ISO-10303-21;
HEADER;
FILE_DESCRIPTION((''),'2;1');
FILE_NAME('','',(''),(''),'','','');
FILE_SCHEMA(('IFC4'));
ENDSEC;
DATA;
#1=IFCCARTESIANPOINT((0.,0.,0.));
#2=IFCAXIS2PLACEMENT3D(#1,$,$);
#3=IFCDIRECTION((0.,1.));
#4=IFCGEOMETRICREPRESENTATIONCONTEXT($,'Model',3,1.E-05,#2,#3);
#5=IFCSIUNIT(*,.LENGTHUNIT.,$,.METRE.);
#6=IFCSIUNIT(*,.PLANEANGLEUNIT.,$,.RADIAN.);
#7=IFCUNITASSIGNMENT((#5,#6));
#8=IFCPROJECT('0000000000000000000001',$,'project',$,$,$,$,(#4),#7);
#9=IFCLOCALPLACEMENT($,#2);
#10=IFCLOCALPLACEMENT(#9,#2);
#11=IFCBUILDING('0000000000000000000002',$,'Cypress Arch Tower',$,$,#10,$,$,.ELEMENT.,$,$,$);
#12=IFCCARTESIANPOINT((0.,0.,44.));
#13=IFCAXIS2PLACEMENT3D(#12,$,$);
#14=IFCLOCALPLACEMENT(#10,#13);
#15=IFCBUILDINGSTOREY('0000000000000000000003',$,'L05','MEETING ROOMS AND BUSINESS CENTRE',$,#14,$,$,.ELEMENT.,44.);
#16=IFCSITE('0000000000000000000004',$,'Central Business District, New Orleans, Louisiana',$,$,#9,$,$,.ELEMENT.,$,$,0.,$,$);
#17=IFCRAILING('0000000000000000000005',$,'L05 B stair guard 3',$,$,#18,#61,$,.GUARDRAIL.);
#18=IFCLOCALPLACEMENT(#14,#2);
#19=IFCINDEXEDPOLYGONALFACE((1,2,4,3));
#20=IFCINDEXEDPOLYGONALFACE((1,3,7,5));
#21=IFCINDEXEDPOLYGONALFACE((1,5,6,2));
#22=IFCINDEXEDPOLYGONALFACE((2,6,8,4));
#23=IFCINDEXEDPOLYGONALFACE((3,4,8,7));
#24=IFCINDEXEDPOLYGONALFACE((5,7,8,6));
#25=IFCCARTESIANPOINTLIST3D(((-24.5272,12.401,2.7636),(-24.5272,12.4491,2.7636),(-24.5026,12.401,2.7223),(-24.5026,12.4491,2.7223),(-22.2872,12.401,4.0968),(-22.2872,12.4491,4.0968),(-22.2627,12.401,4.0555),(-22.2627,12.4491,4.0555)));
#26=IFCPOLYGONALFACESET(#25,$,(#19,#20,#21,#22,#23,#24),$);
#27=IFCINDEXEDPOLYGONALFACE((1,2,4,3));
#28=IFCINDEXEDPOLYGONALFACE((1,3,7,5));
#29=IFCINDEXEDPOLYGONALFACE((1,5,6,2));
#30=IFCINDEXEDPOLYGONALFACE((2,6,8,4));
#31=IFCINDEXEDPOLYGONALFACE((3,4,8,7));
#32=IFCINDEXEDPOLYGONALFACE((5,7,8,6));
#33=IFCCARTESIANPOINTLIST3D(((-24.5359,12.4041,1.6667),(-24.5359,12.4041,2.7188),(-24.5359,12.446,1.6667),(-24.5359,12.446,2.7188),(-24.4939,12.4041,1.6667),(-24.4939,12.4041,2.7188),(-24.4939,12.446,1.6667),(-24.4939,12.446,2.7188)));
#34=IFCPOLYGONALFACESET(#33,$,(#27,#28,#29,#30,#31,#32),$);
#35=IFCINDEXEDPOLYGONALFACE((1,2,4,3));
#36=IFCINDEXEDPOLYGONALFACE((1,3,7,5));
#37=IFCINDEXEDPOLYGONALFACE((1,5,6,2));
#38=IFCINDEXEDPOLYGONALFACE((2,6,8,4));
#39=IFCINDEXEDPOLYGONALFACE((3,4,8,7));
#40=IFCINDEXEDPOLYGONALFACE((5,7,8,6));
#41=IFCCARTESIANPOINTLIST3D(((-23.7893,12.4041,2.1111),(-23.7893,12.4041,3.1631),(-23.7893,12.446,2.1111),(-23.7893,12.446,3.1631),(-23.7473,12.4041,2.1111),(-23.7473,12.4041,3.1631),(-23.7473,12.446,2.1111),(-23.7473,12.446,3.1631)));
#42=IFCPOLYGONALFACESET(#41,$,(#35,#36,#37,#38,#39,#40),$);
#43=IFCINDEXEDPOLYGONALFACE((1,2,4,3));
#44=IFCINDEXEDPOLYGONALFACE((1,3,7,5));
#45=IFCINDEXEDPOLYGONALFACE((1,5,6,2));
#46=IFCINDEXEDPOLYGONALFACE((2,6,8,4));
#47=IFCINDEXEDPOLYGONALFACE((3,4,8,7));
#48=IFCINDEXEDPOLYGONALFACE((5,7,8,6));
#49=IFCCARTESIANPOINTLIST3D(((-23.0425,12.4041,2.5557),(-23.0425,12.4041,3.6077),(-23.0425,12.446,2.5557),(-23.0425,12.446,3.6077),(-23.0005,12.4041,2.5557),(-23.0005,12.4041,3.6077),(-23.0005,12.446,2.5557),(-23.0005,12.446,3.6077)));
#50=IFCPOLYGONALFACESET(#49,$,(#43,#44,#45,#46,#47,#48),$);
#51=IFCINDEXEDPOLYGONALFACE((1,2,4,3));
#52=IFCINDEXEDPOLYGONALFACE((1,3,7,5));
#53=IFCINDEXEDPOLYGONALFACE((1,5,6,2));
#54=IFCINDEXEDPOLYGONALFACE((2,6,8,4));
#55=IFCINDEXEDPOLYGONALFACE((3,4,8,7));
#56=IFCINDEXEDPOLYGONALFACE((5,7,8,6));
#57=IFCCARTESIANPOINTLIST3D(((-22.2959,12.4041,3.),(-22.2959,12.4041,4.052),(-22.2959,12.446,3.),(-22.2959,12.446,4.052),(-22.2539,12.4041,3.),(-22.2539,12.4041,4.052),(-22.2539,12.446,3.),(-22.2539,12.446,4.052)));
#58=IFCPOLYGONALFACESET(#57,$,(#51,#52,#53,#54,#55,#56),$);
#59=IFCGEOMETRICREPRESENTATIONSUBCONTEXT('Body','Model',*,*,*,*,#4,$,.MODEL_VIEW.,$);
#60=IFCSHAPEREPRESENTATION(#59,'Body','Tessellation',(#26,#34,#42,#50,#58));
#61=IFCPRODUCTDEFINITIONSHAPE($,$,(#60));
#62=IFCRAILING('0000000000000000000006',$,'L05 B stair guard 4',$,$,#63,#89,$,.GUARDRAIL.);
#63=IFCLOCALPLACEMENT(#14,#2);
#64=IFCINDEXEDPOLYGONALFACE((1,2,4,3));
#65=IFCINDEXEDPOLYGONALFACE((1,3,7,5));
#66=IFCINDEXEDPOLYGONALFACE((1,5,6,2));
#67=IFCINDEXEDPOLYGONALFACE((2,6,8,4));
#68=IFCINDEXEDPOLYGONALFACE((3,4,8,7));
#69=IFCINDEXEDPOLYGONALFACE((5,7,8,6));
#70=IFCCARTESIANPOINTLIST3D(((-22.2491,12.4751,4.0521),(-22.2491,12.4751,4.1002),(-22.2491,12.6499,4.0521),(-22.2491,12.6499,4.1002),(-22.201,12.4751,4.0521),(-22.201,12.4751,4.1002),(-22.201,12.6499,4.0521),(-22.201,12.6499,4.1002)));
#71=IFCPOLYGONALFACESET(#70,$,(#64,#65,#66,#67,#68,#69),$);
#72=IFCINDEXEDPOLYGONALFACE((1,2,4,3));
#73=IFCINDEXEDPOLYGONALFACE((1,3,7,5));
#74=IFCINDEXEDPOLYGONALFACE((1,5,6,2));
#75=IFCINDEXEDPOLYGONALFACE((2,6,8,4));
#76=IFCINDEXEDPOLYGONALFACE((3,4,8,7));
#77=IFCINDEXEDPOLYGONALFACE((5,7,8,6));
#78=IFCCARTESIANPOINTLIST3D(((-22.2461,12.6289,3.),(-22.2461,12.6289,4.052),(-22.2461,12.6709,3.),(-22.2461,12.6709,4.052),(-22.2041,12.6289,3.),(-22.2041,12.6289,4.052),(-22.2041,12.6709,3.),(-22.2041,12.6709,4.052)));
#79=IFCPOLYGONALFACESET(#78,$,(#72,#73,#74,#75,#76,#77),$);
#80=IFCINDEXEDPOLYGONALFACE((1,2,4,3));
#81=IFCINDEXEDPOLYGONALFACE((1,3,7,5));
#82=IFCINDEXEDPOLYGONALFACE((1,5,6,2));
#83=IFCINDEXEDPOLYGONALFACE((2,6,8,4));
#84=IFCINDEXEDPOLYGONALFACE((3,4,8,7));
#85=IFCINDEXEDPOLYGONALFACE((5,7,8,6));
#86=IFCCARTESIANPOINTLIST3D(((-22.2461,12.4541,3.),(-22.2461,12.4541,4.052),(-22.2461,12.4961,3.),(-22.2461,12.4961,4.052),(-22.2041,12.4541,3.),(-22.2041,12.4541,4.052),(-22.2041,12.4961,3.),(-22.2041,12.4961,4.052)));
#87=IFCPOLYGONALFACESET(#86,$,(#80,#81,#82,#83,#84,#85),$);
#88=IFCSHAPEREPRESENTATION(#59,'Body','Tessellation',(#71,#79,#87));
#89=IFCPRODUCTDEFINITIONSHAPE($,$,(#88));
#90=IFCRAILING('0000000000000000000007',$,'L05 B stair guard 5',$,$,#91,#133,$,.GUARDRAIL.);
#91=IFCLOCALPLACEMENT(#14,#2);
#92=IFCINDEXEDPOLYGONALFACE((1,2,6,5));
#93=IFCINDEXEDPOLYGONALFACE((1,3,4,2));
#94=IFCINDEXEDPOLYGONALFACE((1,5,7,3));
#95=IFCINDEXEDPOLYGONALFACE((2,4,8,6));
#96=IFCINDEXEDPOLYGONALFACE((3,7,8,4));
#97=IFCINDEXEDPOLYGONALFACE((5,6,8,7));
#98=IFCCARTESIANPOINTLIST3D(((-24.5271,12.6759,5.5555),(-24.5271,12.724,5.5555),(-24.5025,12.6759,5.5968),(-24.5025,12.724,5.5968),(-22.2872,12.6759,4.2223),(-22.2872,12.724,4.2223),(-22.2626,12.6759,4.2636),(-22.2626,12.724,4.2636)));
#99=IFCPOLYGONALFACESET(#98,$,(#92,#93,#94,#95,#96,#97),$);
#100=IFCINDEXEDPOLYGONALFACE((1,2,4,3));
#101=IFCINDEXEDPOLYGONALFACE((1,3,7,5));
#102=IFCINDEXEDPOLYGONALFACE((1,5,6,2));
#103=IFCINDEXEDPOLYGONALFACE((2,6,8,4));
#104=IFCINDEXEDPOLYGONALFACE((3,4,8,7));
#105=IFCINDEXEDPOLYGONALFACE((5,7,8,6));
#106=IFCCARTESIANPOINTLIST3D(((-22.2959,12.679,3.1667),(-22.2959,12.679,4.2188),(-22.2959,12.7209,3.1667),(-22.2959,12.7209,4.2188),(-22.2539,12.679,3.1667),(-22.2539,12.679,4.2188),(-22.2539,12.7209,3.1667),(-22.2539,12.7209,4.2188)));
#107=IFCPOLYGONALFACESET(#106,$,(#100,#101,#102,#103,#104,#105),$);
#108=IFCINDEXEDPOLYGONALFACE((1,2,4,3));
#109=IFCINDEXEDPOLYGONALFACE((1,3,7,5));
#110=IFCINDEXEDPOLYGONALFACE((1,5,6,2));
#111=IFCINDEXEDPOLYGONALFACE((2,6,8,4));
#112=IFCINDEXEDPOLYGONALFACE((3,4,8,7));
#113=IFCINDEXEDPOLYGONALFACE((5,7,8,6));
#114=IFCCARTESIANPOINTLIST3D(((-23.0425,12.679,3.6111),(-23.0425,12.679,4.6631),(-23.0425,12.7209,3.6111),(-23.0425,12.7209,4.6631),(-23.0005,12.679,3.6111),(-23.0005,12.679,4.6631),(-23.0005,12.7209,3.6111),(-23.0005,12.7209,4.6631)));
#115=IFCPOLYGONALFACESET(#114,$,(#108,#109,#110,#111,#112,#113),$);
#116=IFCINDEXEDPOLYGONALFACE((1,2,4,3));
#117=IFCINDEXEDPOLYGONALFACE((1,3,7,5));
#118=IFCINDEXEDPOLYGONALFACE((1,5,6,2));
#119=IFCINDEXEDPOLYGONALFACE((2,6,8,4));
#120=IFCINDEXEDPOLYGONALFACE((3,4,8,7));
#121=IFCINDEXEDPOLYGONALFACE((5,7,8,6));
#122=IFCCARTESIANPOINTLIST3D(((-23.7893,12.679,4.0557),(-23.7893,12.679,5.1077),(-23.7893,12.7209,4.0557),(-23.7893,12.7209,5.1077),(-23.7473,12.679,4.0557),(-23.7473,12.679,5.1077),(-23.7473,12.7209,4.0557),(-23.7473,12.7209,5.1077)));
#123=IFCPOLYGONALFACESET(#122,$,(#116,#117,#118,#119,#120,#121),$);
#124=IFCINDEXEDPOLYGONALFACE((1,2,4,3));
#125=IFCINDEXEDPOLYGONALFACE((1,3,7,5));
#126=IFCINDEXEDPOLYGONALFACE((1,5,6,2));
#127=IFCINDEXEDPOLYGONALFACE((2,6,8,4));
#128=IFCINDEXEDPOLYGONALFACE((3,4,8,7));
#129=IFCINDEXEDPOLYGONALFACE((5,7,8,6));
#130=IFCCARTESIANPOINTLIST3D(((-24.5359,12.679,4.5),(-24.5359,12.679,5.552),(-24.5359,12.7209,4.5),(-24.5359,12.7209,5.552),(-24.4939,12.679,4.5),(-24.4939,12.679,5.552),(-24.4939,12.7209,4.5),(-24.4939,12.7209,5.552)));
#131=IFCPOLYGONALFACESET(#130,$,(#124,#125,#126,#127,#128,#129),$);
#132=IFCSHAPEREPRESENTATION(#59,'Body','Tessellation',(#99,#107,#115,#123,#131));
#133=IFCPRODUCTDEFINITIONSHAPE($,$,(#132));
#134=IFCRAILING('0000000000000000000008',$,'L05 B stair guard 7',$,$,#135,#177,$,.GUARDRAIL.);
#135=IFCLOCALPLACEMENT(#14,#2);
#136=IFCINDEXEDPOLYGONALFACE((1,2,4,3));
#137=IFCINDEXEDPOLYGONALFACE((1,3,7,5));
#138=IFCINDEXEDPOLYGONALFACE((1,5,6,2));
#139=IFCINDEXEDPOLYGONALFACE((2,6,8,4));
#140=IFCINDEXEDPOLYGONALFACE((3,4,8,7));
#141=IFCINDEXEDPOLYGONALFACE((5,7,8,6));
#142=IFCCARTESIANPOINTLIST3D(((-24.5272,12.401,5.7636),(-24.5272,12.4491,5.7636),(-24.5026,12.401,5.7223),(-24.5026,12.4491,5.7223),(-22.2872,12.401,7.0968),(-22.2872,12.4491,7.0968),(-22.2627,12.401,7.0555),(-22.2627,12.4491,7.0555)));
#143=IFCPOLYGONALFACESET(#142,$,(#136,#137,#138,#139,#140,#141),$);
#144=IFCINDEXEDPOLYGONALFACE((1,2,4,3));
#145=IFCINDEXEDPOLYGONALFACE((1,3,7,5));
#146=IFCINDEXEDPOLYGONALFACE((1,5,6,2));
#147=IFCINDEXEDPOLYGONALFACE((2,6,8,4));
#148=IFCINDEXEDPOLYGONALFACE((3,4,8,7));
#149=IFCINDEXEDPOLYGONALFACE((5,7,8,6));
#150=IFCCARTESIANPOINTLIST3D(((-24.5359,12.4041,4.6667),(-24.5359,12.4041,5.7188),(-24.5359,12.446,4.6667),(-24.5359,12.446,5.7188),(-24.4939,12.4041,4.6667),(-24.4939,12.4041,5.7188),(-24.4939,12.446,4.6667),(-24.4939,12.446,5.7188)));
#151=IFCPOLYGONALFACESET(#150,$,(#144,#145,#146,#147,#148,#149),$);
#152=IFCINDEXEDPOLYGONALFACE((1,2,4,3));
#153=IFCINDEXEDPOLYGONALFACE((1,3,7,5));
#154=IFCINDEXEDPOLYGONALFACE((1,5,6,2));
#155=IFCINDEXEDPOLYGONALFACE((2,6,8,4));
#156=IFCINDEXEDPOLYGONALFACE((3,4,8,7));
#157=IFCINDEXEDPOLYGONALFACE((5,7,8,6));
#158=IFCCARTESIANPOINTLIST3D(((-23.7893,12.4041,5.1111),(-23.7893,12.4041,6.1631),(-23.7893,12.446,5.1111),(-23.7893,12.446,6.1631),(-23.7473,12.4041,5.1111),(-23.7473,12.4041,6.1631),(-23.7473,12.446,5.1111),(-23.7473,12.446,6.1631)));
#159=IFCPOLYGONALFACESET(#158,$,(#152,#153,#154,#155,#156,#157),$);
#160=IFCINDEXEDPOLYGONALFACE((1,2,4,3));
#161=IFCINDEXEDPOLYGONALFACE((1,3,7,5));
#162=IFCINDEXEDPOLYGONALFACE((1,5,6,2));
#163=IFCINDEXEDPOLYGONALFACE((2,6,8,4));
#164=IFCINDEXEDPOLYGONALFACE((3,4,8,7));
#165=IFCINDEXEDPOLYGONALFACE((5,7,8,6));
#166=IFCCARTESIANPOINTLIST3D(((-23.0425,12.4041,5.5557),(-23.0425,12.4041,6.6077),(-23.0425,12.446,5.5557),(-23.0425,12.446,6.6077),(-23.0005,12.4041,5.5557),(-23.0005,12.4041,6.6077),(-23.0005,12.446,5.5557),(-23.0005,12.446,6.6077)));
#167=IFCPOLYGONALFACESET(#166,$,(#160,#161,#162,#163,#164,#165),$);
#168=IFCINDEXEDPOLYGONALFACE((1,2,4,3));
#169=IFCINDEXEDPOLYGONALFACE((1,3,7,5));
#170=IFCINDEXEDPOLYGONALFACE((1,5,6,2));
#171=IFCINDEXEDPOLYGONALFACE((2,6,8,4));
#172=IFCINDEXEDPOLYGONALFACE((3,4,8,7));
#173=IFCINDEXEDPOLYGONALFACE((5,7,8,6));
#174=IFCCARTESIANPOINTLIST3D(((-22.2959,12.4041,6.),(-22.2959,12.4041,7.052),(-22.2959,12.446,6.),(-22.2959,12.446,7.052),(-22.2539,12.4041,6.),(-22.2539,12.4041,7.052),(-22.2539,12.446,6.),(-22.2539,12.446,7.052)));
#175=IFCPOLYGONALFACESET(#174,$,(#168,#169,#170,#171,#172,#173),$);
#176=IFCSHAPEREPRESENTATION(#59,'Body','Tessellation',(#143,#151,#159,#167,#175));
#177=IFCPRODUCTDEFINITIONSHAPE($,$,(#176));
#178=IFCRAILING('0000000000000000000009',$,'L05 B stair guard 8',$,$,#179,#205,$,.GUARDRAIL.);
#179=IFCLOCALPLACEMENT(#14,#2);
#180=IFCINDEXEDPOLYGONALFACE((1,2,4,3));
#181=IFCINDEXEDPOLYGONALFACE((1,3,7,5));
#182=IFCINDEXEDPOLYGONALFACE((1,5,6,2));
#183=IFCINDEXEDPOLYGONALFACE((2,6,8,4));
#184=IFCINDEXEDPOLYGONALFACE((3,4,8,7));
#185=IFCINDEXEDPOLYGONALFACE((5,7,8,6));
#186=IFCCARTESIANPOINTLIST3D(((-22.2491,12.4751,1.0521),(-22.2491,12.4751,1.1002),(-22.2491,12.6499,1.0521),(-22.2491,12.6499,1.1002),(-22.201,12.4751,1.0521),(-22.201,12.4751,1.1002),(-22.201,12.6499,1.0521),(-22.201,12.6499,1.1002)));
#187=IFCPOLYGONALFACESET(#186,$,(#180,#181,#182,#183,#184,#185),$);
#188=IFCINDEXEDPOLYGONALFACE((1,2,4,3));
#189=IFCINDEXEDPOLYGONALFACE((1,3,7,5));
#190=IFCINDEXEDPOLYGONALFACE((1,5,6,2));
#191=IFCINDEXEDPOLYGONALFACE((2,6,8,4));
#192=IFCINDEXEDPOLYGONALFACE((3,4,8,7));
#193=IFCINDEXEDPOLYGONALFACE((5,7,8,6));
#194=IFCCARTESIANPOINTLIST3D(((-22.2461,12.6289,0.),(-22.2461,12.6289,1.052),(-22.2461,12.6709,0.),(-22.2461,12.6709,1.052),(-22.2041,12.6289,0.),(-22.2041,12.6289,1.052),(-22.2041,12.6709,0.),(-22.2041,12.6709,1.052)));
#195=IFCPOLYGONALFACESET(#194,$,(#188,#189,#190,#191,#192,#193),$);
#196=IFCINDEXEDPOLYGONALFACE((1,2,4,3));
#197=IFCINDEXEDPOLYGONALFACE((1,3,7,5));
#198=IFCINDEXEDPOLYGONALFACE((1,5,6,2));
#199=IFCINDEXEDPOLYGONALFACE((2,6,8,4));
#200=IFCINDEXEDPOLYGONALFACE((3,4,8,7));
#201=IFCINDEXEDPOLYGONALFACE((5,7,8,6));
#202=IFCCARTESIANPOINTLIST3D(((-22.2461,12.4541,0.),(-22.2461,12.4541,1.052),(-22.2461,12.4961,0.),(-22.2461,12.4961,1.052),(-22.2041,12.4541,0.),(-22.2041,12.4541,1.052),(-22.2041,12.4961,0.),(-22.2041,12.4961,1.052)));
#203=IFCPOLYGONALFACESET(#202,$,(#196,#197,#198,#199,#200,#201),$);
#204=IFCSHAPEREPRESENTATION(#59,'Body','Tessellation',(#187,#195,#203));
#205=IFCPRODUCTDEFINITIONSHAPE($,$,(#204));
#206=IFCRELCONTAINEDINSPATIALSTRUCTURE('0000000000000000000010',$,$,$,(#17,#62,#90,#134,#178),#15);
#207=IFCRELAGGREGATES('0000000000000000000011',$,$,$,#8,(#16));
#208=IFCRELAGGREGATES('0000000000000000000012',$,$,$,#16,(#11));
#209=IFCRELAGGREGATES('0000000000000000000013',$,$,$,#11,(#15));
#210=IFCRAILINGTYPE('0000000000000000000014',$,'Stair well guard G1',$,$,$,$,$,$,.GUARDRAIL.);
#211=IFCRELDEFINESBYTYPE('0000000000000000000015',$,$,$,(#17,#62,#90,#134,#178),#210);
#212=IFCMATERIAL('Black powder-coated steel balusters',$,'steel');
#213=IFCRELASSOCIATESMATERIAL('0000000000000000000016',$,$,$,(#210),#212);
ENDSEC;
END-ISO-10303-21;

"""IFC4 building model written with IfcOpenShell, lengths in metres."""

from ifc_helpers import new_model, si_unit, direction, frame, origin, origin_2d, place, context, subcontext, project, spatial, rectangle, extrude, material, type_object, element, save


model = new_model("IFC4")

# Units and contexts
model_context = context("Model", 3, precision=1e-05, world=origin(), true_north=direction((0.0, 1.0)))
body_context = subcontext(model_context, "Body", "Model", "MODEL_VIEW")
ifc_project = project(units=[si_unit("LENGTHUNIT", "METRE"), si_unit("PLANEANGLEUNIT", "RADIAN")], contexts=[model_context])

# Site, building, storey
site_placement = place(None, origin())
site = spatial("IfcSite", under=ifc_project, at=site_placement, Name="Central Business District, New Orleans, Louisiana", CompositionType="ELEMENT", RefElevation=0.0)
building_placement = place(site_placement, origin())
building = spatial("IfcBuilding", under=site, at=building_placement, Name="Cypress Arch Tower", CompositionType="ELEMENT")
storey_placement = place(building_placement, frame((0.0, 0.0, 44.0)))
storey = spatial("IfcBuildingStorey", under=building, at=storey_placement, Name="L05", Description="MEETING ROOMS AND BUSINESS CENTRE", CompositionType="ELEMENT", Elevation=44.0)

# Railings
ifc_material_1 = material(Name="Black powder-coated steel balusters", Category="steel")
railing_type_1 = type_object("IfcRailingType", Name="Stair well guard G1", PredefinedType="GUARDRAIL", material=ifc_material_1)
railing_1_placement = place(storey_placement, frame((-24.5149, 12.425, 1.6667)))
element("IfcRailing", 1, at=railing_1_placement, inside=storey, type_object=railing_type_1, Name="L05 B stair guard 3", PredefinedType="GUARDRAIL", context=body_context, shape_type="SweptSolid", body=[
    extrude(rectangle(XDim=0.0481, YDim=0.0481, at=origin_2d()), frame((0.0, 0.0, 1.0762), z_axis=(0.859306, 0.0, 0.511462), x_axis=(0.0, 1.0, 0.0)), (0.0, 0.0, 1.0), 2.6067),
    extrude(rectangle(XDim=0.042, YDim=0.042, at=origin_2d()), origin(), (0.0, 0.0, 1.0), 1.052),
    extrude(rectangle(XDim=0.042, YDim=0.042, at=origin_2d()), frame((0.7466, 0.0, 0.4443)), (0.0, 0.0, 1.0), 1.052),
    extrude(rectangle(XDim=0.042, YDim=0.042, at=origin_2d()), frame((1.4934, 0.0, 0.8889)), (0.0, 0.0, 1.0), 1.052),
    extrude(rectangle(XDim=0.042, YDim=0.042, at=origin_2d()), frame((2.24, 0.0, 1.3333)), (0.0, 0.0, 1.0), 1.052),
])
railing_2_placement = place(storey_placement, frame((-22.2251, 12.6499, 3.0)))
element("IfcRailing", 2, at=railing_2_placement, inside=storey, type_object=railing_type_1, Name="L05 B stair guard 4", PredefinedType="GUARDRAIL", context=body_context, shape_type="SweptSolid", body=[
    extrude(rectangle(XDim=0.0481, YDim=0.0481, at=origin_2d()), frame((0.0, 0.0, 1.0762), z_axis=(0.0, -1.0, 0.0), x_axis=(1.0, 0.0, 0.0)), (0.0, 0.0, 1.0), 0.1748),
    extrude(rectangle(XDim=0.042, YDim=0.042, at=origin_2d()), origin(), (0.0, 0.0, 1.0), 1.052),
    extrude(rectangle(XDim=0.042, YDim=0.042, at=origin_2d()), frame((0.0, -0.1748, 0.0)), (0.0, 0.0, 1.0), 1.052),
])
railing_3_placement = place(storey_placement, frame((-22.2749, 12.7, 3.1667)))
element("IfcRailing", 3, at=railing_3_placement, inside=storey, type_object=railing_type_1, Name="L05 B stair guard 5", PredefinedType="GUARDRAIL", context=body_context, shape_type="SweptSolid", body=[
    extrude(rectangle(XDim=0.0481, YDim=0.0481, at=origin_2d()), frame((0.0, 0.0, 1.0762), z_axis=(-0.859306, 0.0, 0.511462), x_axis=(0.0, -1.0, 0.0)), (0.0, 0.0, 1.0), 2.6067),
    extrude(rectangle(XDim=0.042, YDim=0.042, at=origin_2d()), origin(), (0.0, 0.0, 1.0), 1.052),
    extrude(rectangle(XDim=0.042, YDim=0.042, at=origin_2d()), frame((-0.7466, 0.0, 0.4443)), (0.0, 0.0, 1.0), 1.052),
    extrude(rectangle(XDim=0.042, YDim=0.042, at=origin_2d()), frame((-1.4934, 0.0, 0.8889)), (0.0, 0.0, 1.0), 1.052),
    extrude(rectangle(XDim=0.042, YDim=0.042, at=origin_2d()), frame((-2.24, 0.0, 1.3333)), (0.0, 0.0, 1.0), 1.052),
])
railing_4_placement = place(storey_placement, frame((-24.5149, 12.425, 4.6667)))
element("IfcRailing", 4, at=railing_4_placement, inside=storey, type_object=railing_type_1, Name="L05 B stair guard 7", PredefinedType="GUARDRAIL", context=body_context, shape_type="SweptSolid", body=[
    extrude(rectangle(XDim=0.0481, YDim=0.0481, at=origin_2d()), frame((0.0, 0.0, 1.0762), z_axis=(0.859306, 0.0, 0.511462), x_axis=(0.0, 1.0, 0.0)), (0.0, 0.0, 1.0), 2.6067),
    extrude(rectangle(XDim=0.042, YDim=0.042, at=origin_2d()), origin(), (0.0, 0.0, 1.0), 1.052),
    extrude(rectangle(XDim=0.042, YDim=0.042, at=origin_2d()), frame((0.7466, 0.0, 0.4443)), (0.0, 0.0, 1.0), 1.052),
    extrude(rectangle(XDim=0.042, YDim=0.042, at=origin_2d()), frame((1.4934, 0.0, 0.8889)), (0.0, 0.0, 1.0), 1.052),
    extrude(rectangle(XDim=0.042, YDim=0.042, at=origin_2d()), frame((2.24, 0.0, 1.3333)), (0.0, 0.0, 1.0), 1.052),
])
railing_5_placement = place(storey_placement, frame((-22.2251, 12.6499, 0.0)))
element("IfcRailing", 5, at=railing_5_placement, inside=storey, type_object=railing_type_1, Name="L05 B stair guard 8", PredefinedType="GUARDRAIL", context=body_context, shape_type="SweptSolid", body=[
    extrude(rectangle(XDim=0.0481, YDim=0.0481, at=origin_2d()), frame((0.0, 0.0, 1.0762), z_axis=(0.0, -1.0, 0.0), x_axis=(1.0, 0.0, 0.0)), (0.0, 0.0, 1.0), 0.1748),
    extrude(rectangle(XDim=0.042, YDim=0.042, at=origin_2d()), origin(), (0.0, 0.0, 1.0), 1.052),
    extrude(rectangle(XDim=0.042, YDim=0.042, at=origin_2d()), frame((0.0, -0.1748, 0.0)), (0.0, 0.0, 1.0), 1.052),
])

save(model, "model.ifc")
